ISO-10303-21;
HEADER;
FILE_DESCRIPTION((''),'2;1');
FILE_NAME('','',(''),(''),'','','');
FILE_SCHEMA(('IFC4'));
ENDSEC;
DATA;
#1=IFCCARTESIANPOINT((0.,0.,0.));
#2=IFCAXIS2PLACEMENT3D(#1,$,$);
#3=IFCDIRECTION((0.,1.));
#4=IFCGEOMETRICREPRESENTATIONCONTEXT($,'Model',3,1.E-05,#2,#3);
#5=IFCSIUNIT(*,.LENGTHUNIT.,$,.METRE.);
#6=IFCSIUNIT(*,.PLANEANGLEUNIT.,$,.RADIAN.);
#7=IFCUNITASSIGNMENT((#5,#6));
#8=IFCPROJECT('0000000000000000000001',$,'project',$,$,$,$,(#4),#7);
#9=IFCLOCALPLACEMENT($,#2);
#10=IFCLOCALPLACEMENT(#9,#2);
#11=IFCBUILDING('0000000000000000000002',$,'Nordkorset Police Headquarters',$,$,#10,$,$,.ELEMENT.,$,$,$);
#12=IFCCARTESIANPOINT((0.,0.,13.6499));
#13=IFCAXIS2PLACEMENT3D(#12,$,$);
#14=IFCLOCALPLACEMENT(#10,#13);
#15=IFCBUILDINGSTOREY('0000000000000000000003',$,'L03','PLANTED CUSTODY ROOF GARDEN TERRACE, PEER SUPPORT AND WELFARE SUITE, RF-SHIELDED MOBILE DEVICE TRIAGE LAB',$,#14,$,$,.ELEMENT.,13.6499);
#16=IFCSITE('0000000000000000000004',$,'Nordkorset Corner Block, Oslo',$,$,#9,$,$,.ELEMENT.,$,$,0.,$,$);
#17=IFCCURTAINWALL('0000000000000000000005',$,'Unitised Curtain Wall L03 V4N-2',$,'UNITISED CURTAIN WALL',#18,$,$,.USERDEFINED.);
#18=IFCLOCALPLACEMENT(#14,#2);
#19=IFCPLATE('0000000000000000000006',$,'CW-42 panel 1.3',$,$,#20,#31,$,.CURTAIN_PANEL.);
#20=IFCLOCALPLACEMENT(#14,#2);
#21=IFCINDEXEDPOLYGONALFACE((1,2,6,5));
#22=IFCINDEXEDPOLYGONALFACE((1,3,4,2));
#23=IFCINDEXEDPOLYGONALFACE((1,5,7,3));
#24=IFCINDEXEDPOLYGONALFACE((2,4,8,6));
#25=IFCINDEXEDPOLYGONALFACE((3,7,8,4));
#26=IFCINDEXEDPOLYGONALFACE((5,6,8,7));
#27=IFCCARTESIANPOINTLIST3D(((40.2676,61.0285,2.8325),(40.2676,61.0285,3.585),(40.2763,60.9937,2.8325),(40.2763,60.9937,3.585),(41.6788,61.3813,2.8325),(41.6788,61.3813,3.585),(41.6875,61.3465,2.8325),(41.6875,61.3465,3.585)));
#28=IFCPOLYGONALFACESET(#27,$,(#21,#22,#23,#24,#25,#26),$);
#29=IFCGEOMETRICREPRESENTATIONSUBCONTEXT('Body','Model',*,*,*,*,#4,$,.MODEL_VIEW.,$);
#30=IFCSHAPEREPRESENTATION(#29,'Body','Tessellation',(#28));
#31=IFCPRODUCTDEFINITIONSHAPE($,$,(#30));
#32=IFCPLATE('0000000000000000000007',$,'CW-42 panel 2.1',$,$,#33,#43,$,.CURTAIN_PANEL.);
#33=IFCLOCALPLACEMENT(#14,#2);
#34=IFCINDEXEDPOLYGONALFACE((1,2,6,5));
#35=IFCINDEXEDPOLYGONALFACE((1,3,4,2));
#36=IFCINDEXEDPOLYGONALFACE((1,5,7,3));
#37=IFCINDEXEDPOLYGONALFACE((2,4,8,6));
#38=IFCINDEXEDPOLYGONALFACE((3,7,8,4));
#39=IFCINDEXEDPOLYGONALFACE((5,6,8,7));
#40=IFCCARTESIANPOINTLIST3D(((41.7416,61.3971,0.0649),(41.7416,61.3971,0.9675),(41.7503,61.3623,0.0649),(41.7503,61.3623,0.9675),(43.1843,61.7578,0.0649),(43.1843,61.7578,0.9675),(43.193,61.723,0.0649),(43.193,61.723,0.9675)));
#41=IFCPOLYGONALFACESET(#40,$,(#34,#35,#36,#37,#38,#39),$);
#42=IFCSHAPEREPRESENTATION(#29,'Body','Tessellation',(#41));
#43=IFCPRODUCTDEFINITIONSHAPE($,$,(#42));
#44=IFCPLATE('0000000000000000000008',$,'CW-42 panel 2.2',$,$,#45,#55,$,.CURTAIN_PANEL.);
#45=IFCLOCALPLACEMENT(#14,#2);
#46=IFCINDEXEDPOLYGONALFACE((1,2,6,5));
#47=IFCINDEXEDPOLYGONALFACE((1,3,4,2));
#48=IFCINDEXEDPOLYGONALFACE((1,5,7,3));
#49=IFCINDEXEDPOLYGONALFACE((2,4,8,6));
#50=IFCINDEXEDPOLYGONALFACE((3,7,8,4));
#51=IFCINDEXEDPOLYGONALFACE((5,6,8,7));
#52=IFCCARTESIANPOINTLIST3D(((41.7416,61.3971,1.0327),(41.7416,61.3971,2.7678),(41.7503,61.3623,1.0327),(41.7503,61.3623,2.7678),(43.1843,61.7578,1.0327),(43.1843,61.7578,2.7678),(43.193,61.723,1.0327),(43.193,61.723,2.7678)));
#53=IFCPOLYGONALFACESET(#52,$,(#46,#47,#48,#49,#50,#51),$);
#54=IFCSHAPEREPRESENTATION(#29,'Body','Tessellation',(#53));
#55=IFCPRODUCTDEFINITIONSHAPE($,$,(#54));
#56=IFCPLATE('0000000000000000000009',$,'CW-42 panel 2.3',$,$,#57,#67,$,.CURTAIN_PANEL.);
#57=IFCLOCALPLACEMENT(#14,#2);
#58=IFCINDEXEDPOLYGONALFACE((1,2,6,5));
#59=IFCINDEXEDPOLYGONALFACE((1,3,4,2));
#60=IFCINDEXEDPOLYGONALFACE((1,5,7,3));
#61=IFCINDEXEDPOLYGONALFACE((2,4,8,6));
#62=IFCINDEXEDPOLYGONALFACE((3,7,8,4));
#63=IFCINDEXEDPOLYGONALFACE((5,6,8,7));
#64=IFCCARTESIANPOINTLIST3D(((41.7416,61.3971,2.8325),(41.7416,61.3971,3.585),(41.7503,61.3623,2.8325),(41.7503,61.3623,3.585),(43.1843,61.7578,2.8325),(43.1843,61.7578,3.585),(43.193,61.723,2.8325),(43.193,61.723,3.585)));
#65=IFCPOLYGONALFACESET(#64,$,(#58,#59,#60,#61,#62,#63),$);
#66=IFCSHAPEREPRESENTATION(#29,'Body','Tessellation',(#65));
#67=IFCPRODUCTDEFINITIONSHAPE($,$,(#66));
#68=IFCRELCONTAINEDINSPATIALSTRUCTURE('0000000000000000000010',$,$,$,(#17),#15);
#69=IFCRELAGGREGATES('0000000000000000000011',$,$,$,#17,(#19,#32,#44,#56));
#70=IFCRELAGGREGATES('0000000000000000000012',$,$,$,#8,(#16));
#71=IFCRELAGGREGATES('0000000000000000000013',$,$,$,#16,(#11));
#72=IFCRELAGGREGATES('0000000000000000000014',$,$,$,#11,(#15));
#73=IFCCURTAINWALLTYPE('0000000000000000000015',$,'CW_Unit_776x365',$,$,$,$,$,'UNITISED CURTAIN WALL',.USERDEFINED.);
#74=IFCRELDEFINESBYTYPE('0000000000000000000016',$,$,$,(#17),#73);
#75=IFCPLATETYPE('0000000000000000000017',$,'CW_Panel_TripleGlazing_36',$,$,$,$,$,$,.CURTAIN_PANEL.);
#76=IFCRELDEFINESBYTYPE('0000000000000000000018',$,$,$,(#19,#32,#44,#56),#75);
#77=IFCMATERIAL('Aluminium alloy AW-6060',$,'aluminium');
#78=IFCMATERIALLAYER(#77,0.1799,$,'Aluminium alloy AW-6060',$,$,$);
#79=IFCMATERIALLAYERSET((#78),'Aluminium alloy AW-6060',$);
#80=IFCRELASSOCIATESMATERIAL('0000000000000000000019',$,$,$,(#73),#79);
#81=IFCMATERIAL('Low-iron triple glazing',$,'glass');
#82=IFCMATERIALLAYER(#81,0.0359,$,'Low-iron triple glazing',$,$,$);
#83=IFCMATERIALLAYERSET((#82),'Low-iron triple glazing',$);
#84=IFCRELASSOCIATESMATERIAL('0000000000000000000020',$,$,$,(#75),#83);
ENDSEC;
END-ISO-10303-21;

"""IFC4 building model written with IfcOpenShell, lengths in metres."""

from ifc_helpers import new_model, si_unit, direction, frame, origin, origin_2d, place, context, subcontext, project, spatial, rectangle, extrude, material, layer, layer_set, type_object, element, aggregate, save


model = new_model("IFC4")

# Units and contexts
model_context = context("Model", 3, precision=1e-05, world=origin(), true_north=direction((0.0, 1.0)))
body_context = subcontext(model_context, "Body", "Model", "MODEL_VIEW")
ifc_project = project(units=[si_unit("LENGTHUNIT", "METRE"), si_unit("PLANEANGLEUNIT", "RADIAN")], contexts=[model_context])

# Site, building, storey
site_placement = place(None, origin())
site = spatial("IfcSite", under=ifc_project, at=site_placement, Name="Nordkorset Corner Block, Oslo", CompositionType="ELEMENT", RefElevation=0.0)
building_placement = place(site_placement, origin())
building = spatial("IfcBuilding", under=site, at=building_placement, Name="Nordkorset Police Headquarters", CompositionType="ELEMENT")
storey_placement = place(building_placement, frame((0.0, 0.0, 13.6499)))
storey = spatial("IfcBuildingStorey", under=building, at=storey_placement, Name="L03", Description="PLANTED CUSTODY ROOF GARDEN TERRACE, PEER SUPPORT AND WELFARE SUITE, RF-SHIELDED MOBILE DEVICE TRIAGE LAB", CompositionType="ELEMENT", Elevation=13.6499)

# Curtain wall
ifc_material_1 = material(Name="Aluminium alloy AW-6060", Category="aluminium")
ifc_layer_1 = layer(ifc_material_1, 0.1799, Name="Aluminium alloy AW-6060")
ifc_layer_set_1 = layer_set([ifc_layer_1], Name="Aluminium alloy AW-6060")
curtain_wall_type_1 = type_object("IfcCurtainWallType", Name="CW_Unit_776x365", ElementType="UNITISED CURTAIN WALL", PredefinedType="USERDEFINED", material=ifc_layer_set_1)
curtain_wall_1_placement = place(storey_placement, origin())
curtain_wall_1 = element("IfcCurtainWall", 1, at=curtain_wall_1_placement, inside=storey, type_object=curtain_wall_type_1, Name="Unitised Curtain Wall L03 V4N-2", ObjectType="UNITISED CURTAIN WALL", PredefinedType="USERDEFINED")

# Plates
ifc_material_2 = material(Name="Low-iron triple glazing", Category="glass")
ifc_layer_2 = layer(ifc_material_2, 0.0359, Name="Low-iron triple glazing")
ifc_layer_set_2 = layer_set([ifc_layer_2], Name="Low-iron triple glazing")
plate_type = type_object("IfcPlateType", Name="CW_Panel_TripleGlazing_36", PredefinedType="CURTAIN_PANEL", material=ifc_layer_set_2)
plate_1_placement = place(storey_placement, frame((40.9775, 61.1875, 2.8325), z_axis=(0.0, 0.0, 1.0), x_axis=(0.970142, 0.242536, 0.0)))
plate_1 = element("IfcPlate", 2, at=plate_1_placement, type_object=plate_type, Name="CW-42 panel 1.3", PredefinedType="CURTAIN_PANEL", context=body_context, shape_type="SweptSolid", body=[
    extrude(rectangle(XDim=1.4546, YDim=0.0359, at=origin_2d()), origin(), (0.0, 0.0, 1.0), 0.7524),
])
plate_2_placement = place(storey_placement, frame((42.4673, 61.5601, 0.0649), z_axis=(0.0, 0.0, 1.0), x_axis=(0.970142, 0.242536, 0.0)))
plate_2 = element("IfcPlate", 3, at=plate_2_placement, type_object=plate_type, Name="CW-42 panel 2.1", PredefinedType="CURTAIN_PANEL", context=body_context, shape_type="SweptSolid", body=[
    extrude(rectangle(XDim=1.4871, YDim=0.0359, at=origin_2d()), origin(), (0.0, 0.0, 1.0), 0.9026),
])
plate_3_placement = place(storey_placement, frame((42.4673, 61.5601, 1.0327), z_axis=(0.0, 0.0, 1.0), x_axis=(0.970142, 0.242536, 0.0)))
plate_3 = element("IfcPlate", 4, at=plate_3_placement, type_object=plate_type, Name="CW-42 panel 2.2", PredefinedType="CURTAIN_PANEL", context=body_context, shape_type="SweptSolid", body=[
    extrude(rectangle(XDim=1.4871, YDim=0.0359, at=origin_2d()), origin(), (0.0, 0.0, 1.0), 1.7351),
])
plate_4_placement = place(storey_placement, frame((42.4673, 61.5601, 2.8325), z_axis=(0.0, 0.0, 1.0), x_axis=(0.970142, 0.242536, 0.0)))
plate_4 = element("IfcPlate", 5, at=plate_4_placement, type_object=plate_type, Name="CW-42 panel 2.3", PredefinedType="CURTAIN_PANEL", context=body_context, shape_type="SweptSolid", body=[
    extrude(rectangle(XDim=1.4871, YDim=0.0359, at=origin_2d()), origin(), (0.0, 0.0, 1.0), 0.7524),
])
aggregate(curtain_wall_1, [plate_1, plate_2, plate_3, plate_4])

save(model, "model.ifc")
